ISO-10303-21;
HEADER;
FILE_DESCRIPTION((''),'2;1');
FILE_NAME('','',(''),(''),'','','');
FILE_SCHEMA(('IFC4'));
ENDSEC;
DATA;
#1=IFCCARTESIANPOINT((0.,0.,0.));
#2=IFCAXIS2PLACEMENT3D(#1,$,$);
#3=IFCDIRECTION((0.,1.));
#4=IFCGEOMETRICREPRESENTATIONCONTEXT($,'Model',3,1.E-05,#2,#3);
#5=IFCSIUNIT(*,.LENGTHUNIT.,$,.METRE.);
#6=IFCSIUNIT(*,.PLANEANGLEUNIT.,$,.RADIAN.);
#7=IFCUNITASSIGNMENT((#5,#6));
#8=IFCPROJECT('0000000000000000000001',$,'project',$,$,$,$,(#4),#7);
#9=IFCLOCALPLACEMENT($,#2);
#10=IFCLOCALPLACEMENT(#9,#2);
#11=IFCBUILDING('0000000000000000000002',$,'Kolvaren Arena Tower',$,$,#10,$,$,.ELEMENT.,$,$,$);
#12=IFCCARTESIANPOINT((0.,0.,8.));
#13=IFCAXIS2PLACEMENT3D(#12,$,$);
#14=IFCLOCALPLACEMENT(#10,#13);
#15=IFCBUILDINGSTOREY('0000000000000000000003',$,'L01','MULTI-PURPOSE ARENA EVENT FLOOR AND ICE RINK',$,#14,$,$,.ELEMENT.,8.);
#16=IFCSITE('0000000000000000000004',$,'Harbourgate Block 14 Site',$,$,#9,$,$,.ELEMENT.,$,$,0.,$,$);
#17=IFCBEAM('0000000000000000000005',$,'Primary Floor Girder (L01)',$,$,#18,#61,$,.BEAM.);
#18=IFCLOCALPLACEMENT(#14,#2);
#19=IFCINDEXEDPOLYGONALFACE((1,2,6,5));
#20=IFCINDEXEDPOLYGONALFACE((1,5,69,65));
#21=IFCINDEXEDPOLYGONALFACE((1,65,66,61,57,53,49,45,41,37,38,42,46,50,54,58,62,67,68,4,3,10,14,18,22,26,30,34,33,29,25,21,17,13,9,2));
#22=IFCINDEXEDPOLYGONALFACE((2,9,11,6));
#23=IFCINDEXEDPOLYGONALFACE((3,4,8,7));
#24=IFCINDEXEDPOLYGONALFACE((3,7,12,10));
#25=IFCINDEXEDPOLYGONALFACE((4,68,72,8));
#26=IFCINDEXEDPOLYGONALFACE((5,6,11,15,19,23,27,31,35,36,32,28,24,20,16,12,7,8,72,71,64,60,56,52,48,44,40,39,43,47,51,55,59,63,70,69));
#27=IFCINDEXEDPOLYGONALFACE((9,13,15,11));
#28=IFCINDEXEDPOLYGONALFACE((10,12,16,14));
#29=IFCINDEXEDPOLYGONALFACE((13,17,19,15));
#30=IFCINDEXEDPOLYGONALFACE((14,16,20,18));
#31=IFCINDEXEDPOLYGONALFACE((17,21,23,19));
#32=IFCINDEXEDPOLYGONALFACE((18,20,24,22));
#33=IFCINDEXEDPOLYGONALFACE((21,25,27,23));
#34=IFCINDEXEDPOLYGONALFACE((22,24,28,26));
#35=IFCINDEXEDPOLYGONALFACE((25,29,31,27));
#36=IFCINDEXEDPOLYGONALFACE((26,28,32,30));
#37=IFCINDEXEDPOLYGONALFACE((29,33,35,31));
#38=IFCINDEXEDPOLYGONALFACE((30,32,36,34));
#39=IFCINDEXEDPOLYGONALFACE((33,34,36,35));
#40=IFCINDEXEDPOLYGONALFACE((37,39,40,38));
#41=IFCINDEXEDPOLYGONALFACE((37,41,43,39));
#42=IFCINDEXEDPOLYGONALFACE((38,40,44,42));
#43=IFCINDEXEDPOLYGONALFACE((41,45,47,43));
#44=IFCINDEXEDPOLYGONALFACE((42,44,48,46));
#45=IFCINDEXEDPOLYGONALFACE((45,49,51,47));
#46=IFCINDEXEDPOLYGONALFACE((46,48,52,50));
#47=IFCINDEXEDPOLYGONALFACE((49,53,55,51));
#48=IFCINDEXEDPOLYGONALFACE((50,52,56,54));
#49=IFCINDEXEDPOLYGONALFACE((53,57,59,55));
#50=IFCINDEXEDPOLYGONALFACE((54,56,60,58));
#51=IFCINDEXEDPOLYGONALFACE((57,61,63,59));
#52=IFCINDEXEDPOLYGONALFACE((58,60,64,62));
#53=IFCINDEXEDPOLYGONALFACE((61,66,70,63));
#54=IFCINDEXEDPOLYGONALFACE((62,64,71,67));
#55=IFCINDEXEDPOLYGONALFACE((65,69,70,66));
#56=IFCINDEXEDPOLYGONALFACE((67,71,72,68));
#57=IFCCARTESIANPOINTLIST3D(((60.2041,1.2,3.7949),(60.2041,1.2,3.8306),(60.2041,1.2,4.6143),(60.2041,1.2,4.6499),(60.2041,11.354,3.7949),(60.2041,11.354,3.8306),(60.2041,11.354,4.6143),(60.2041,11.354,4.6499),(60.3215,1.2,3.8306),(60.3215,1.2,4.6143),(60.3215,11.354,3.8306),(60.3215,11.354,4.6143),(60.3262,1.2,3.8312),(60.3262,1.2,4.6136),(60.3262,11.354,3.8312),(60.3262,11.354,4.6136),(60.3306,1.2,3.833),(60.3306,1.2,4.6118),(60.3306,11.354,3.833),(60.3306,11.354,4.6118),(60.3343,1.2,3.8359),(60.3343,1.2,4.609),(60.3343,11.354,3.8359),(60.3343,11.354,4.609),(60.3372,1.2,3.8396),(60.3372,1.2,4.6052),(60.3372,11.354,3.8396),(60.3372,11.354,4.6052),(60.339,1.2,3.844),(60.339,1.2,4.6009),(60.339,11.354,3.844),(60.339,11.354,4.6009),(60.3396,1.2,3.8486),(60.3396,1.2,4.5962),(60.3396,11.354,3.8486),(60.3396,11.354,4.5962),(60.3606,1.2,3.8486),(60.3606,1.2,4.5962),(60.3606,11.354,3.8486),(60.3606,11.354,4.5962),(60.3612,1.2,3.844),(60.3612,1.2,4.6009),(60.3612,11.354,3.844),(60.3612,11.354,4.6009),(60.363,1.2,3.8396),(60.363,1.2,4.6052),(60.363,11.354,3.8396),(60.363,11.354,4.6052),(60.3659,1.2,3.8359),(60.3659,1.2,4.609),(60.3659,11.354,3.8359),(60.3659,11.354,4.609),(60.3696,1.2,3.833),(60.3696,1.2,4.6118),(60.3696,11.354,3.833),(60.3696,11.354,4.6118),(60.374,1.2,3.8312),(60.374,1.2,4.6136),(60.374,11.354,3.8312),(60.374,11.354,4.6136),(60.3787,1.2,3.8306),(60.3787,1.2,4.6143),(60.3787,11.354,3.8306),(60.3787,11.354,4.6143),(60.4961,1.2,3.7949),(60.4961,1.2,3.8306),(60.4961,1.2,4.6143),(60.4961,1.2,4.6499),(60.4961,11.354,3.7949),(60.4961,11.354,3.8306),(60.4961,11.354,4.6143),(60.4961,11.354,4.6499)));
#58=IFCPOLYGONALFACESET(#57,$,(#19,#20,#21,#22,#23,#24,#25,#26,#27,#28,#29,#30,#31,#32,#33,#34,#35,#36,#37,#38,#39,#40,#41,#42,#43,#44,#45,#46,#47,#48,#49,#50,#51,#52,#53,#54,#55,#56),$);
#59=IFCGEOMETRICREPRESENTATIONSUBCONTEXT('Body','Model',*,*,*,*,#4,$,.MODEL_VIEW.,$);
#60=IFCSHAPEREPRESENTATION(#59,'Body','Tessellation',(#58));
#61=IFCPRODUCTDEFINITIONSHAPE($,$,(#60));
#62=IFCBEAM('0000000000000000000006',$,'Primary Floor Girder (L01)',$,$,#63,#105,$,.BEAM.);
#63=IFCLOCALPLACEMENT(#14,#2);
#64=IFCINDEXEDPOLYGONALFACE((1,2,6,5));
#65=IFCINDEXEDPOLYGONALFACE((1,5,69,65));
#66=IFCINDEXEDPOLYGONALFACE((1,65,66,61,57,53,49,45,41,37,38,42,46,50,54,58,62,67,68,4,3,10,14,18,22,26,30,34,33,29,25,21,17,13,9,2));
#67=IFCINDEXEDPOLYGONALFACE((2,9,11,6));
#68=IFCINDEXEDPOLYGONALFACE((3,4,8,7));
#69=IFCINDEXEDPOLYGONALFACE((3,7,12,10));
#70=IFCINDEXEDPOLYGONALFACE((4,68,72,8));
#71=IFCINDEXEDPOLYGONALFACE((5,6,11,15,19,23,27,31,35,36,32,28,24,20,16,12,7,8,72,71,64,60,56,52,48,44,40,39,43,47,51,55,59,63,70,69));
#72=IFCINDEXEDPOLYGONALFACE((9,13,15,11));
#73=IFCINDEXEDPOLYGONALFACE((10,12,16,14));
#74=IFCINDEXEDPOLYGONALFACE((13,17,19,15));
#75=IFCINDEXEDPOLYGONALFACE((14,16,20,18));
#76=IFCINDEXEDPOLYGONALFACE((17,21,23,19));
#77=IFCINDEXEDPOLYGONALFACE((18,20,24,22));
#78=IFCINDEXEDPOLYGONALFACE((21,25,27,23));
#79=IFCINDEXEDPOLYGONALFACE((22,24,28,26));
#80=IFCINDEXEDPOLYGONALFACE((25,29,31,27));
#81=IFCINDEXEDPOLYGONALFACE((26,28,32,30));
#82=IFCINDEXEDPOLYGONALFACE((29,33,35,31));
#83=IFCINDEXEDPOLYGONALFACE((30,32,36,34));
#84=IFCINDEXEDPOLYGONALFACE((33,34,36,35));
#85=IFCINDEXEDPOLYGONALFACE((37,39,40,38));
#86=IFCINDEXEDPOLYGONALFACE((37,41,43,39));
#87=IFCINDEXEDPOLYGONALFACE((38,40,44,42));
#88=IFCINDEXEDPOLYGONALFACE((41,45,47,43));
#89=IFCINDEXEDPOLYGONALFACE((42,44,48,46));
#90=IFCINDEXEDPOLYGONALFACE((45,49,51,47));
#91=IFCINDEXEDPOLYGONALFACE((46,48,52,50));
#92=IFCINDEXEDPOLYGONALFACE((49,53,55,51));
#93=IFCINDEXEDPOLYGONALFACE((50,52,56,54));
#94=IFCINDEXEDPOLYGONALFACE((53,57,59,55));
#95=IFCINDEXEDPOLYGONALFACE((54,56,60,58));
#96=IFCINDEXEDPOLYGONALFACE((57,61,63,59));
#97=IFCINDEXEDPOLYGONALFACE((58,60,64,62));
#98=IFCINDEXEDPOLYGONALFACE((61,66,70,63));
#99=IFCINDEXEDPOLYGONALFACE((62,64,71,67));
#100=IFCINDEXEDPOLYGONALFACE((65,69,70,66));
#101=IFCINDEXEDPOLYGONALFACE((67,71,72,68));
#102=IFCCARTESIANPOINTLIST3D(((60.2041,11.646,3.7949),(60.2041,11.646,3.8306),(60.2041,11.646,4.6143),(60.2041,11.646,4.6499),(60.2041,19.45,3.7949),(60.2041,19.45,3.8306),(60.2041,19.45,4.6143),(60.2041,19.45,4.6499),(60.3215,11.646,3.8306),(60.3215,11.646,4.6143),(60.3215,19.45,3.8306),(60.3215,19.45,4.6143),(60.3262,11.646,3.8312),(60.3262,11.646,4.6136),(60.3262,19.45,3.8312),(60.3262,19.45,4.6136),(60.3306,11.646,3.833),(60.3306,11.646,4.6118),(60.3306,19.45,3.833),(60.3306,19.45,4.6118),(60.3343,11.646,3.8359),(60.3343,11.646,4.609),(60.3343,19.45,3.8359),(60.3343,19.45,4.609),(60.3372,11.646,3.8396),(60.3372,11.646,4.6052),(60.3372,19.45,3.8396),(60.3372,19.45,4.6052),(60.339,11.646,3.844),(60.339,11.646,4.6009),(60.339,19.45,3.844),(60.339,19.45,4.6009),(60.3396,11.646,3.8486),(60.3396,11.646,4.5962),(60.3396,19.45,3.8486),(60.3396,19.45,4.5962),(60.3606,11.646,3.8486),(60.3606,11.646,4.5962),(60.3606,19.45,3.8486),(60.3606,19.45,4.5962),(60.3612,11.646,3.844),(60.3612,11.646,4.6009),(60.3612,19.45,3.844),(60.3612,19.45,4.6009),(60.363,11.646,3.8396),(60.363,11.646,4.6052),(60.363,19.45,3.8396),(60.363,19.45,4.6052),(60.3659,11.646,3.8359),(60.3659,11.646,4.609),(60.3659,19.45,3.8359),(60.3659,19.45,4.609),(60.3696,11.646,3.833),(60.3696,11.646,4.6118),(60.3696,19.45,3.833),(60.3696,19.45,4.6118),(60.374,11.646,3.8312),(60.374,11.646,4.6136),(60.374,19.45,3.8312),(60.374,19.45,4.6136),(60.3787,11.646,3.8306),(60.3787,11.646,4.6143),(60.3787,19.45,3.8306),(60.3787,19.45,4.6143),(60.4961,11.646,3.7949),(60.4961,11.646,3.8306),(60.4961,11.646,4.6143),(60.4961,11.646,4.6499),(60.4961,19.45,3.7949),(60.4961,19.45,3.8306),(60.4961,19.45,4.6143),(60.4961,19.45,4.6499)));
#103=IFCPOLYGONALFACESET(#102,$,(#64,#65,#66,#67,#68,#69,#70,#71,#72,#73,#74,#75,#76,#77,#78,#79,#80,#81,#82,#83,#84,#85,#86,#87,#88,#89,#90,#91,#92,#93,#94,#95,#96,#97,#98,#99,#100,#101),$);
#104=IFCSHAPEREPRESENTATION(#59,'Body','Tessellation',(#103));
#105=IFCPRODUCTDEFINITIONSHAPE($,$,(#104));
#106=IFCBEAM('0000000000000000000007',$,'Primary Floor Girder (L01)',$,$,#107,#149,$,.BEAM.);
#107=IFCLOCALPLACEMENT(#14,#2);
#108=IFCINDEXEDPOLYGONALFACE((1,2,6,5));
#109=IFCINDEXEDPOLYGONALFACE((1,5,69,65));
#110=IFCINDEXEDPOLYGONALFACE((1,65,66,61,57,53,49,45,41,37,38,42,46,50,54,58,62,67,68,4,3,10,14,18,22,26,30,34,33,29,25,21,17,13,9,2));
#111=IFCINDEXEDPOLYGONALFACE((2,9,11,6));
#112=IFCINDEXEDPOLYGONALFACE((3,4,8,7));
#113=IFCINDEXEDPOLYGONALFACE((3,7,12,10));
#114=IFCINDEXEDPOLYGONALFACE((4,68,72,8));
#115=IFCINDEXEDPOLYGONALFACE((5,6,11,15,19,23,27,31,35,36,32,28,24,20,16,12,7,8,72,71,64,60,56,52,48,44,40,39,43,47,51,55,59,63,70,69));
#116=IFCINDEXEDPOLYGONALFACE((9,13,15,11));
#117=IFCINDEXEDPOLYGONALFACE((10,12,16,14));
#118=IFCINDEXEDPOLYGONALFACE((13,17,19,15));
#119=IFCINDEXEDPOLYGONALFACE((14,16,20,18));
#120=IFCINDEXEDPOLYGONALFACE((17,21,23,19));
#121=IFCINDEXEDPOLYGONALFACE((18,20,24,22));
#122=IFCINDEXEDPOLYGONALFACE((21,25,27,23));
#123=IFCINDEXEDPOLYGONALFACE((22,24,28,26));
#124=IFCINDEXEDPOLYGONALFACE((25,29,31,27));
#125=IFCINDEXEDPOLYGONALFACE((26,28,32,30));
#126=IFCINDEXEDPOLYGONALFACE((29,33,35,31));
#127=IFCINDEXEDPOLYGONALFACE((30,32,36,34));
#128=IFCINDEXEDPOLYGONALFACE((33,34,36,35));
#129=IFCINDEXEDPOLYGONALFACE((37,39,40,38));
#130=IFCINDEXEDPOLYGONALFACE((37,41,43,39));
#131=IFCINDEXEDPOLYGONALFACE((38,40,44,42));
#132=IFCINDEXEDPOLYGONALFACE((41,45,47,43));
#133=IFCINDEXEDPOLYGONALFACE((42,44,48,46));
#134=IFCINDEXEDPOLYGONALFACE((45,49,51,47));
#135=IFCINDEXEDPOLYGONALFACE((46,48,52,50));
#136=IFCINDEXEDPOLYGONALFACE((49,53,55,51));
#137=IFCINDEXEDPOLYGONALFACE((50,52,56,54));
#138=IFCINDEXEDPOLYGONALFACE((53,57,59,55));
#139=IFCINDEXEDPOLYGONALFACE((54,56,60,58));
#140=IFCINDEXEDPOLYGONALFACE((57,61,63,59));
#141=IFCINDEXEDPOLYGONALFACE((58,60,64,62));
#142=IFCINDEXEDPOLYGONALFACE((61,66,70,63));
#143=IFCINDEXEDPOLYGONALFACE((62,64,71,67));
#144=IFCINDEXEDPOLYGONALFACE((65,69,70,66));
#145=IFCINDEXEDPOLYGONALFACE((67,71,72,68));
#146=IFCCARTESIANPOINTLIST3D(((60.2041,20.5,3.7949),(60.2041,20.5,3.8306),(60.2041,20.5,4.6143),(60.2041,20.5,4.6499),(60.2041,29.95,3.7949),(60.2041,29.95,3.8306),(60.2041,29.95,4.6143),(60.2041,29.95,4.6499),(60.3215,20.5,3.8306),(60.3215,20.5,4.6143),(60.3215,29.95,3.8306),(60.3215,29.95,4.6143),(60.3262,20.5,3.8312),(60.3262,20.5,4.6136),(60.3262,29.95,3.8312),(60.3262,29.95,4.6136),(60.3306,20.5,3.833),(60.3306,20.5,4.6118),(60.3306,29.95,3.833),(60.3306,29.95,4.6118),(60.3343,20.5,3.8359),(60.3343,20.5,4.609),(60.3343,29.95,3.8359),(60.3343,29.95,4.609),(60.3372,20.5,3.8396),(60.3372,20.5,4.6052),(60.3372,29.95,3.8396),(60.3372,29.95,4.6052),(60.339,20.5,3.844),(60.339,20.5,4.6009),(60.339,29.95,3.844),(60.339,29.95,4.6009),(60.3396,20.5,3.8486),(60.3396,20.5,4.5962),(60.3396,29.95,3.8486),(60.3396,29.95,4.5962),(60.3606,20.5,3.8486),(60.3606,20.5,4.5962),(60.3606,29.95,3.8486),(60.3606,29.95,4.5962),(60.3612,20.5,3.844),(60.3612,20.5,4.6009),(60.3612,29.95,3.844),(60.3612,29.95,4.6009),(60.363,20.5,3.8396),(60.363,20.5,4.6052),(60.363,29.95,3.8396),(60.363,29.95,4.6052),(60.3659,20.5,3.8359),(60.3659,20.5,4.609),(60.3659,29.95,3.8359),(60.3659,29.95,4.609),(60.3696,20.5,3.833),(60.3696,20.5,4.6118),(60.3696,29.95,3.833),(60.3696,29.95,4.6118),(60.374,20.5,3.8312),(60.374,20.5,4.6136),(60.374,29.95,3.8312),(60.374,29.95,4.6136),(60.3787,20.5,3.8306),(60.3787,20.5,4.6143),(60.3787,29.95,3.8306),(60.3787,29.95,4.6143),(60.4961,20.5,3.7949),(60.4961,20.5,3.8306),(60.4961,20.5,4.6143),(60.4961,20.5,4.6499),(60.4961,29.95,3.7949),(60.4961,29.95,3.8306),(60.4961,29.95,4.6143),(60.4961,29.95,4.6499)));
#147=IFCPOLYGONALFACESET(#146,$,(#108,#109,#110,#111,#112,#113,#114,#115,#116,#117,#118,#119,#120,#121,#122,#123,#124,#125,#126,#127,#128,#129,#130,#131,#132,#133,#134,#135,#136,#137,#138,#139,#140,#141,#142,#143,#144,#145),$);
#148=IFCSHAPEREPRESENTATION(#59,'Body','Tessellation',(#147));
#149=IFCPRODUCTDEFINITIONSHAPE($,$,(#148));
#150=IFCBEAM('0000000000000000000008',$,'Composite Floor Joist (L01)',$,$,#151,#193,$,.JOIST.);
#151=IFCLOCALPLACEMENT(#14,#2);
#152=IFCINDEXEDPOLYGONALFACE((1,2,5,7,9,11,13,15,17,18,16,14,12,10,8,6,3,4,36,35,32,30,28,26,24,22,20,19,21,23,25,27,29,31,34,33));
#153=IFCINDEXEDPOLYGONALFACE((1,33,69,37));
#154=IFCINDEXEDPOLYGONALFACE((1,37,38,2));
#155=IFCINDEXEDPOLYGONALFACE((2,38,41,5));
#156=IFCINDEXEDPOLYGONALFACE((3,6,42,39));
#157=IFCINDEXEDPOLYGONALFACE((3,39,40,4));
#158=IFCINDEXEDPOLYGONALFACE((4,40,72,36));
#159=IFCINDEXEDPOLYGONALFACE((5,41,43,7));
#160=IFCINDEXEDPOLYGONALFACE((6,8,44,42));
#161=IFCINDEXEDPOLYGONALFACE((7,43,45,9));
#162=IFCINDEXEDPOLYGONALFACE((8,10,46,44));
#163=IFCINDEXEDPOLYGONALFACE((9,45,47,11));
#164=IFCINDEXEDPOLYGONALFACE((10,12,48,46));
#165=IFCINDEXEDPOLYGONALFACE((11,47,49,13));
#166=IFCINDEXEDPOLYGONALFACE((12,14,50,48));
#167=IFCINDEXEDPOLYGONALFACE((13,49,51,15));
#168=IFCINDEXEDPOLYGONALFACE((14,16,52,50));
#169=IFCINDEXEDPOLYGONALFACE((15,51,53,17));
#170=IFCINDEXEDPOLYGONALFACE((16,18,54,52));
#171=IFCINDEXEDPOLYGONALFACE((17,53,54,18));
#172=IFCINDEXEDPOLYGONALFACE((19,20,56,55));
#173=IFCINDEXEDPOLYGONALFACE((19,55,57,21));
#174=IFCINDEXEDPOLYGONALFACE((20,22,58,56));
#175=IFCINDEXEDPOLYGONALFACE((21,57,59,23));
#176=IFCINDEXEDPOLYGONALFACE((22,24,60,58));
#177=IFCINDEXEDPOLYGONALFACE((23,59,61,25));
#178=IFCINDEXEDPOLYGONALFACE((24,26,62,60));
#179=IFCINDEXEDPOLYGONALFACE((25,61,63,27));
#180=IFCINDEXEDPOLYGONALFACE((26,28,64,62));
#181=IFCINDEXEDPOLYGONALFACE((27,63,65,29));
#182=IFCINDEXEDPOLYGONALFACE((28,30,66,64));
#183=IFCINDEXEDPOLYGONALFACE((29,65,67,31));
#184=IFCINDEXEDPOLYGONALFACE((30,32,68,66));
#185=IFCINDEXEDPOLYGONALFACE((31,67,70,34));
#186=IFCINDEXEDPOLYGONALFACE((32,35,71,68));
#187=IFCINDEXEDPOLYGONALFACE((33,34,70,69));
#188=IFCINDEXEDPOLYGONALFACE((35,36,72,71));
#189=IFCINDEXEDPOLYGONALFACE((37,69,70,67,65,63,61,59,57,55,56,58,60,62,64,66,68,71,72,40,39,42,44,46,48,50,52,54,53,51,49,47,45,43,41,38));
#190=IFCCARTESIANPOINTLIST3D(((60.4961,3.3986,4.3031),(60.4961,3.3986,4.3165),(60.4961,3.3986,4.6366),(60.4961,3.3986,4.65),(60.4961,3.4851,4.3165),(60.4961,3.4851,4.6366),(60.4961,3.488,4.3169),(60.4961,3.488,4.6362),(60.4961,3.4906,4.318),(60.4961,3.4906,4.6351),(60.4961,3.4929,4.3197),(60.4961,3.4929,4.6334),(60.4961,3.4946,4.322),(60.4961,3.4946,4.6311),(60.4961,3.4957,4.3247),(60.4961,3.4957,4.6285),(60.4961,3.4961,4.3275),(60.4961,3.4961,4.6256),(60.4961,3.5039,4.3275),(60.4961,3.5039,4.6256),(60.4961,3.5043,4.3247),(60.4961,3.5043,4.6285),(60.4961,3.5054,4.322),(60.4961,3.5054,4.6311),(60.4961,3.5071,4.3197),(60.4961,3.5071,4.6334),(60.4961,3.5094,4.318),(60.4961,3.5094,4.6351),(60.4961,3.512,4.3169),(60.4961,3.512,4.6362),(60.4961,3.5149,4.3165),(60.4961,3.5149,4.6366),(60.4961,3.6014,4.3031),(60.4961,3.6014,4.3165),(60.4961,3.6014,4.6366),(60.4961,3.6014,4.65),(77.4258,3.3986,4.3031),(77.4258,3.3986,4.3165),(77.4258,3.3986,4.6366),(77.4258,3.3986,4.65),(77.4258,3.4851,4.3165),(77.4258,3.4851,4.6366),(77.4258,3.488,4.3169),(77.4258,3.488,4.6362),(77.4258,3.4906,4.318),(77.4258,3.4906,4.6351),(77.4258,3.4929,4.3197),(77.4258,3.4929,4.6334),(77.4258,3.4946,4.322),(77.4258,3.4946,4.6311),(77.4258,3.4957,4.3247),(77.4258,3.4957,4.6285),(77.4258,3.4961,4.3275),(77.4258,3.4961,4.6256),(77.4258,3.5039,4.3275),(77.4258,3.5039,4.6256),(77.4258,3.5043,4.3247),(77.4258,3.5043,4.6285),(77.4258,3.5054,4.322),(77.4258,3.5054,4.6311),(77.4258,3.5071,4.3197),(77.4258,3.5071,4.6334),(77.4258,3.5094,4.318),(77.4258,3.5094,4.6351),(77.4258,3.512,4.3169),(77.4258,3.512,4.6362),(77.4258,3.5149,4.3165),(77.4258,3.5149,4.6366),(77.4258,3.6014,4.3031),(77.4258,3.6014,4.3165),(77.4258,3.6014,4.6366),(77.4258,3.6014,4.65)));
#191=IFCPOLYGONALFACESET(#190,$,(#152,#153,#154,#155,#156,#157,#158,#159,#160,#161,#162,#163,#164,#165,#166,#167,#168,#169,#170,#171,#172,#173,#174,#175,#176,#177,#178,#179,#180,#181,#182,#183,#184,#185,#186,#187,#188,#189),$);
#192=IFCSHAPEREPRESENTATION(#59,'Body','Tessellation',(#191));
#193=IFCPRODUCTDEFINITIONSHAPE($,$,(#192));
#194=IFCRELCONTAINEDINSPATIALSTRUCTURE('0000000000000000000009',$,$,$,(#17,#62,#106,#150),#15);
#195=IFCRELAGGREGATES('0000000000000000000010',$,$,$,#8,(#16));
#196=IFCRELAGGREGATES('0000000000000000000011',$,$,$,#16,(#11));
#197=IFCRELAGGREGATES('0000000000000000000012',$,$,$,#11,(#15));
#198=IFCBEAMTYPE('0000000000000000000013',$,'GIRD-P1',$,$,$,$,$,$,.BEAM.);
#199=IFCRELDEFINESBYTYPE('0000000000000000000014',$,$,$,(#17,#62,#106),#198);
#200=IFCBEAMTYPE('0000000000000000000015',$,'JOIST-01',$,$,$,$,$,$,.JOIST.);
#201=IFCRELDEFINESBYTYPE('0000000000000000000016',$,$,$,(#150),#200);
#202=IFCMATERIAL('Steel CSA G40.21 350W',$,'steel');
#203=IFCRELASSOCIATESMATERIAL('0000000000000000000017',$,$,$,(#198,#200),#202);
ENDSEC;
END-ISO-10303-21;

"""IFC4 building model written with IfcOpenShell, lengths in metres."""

from ifc_helpers import new_model, si_unit, direction, frame, origin, origin_2d, place, context, subcontext, project, spatial, i_section, extrude, material, material_profile, profile_set, type_object, element, save


model = new_model("IFC4")

# Units and contexts
model_context = context("Model", 3, precision=1e-05, world=origin(), true_north=direction((0.0, 1.0)))
body_context = subcontext(model_context, "Body", "Model", "MODEL_VIEW")
ifc_project = project(units=[si_unit("LENGTHUNIT", "METRE"), si_unit("PLANEANGLEUNIT", "RADIAN")], contexts=[model_context])

# Site, building, storey
site_placement = place(None, origin())
site = spatial("IfcSite", under=ifc_project, at=site_placement, Name="Harbourgate Block 14 Site", CompositionType="ELEMENT", RefElevation=0.0)
building_placement = place(site_placement, origin())
building = spatial("IfcBuilding", under=site, at=building_placement, Name="Kolvaren Arena Tower", CompositionType="ELEMENT")
storey_placement = place(building_placement, frame((0.0, 0.0, 8.0)))
storey = spatial("IfcBuildingStorey", under=building, at=storey_placement, Name="L01", Description="MULTI-PURPOSE ARENA EVENT FLOOR AND ICE RINK", CompositionType="ELEMENT", Elevation=8.0)

# Beams
ifc_material_1 = material(Name="Steel CSA G40.21 350W", Category="steel")
ifc_material_profile_1 = material_profile(ifc_material_1, i_section(OverallWidth=0.292, OverallDepth=0.855, WebThickness=0.021, FlangeThickness=0.0356, FilletRadius=0.0181, at=origin_2d()), Name="W840x299")
ifc_profile_set_1 = profile_set([ifc_material_profile_1], Name="Steel CSA G40.21 350W")
beam_type_1 = type_object("IfcBeamType", Name="GIRD-P1", PredefinedType="BEAM", material=ifc_profile_set_1)
beam_1_placement = place(storey_placement, frame((60.3501, 1.2, 4.2224), z_axis=(0.0, 1.0, 0.0), x_axis=(-1.0, 0.0, 0.0)))
element("IfcBeam", 1, at=beam_1_placement, inside=storey, type_object=beam_type_1, Name="Primary Floor Girder (L01)", PredefinedType="BEAM", context=body_context, shape_type="SweptSolid", body=[
    extrude(i_section(OverallWidth=0.292, OverallDepth=0.855, WebThickness=0.021, FlangeThickness=0.0356, FilletRadius=0.0181, at=origin_2d()), origin(), (0.0, 0.0, 1.0), 10.1541),
])
beam_2_placement = place(storey_placement, frame((60.3501, 11.646, 4.2224), z_axis=(0.0, 1.0, 0.0), x_axis=(-1.0, 0.0, 0.0)))
element("IfcBeam", 2, at=beam_2_placement, inside=storey, type_object=beam_type_1, Name="Primary Floor Girder (L01)", PredefinedType="BEAM", context=body_context, shape_type="SweptSolid", body=[
    extrude(i_section(OverallWidth=0.292, OverallDepth=0.855, WebThickness=0.021, FlangeThickness=0.0356, FilletRadius=0.0181, at=origin_2d()), origin(), (0.0, 0.0, 1.0), 7.804),
])
beam_3_placement = place(storey_placement, frame((60.3501, 20.5, 4.2224), z_axis=(0.0, 1.0, 0.0), x_axis=(-1.0, 0.0, 0.0)))
element("IfcBeam", 3, at=beam_3_placement, inside=storey, type_object=beam_type_1, Name="Primary Floor Girder (L01)", PredefinedType="BEAM", context=body_context, shape_type="SweptSolid", body=[
    extrude(i_section(OverallWidth=0.292, OverallDepth=0.855, WebThickness=0.021, FlangeThickness=0.0356, FilletRadius=0.0181, at=origin_2d()), origin(), (0.0, 0.0, 1.0), 9.45),
])
ifc_material_profile_2 = material_profile(ifc_material_1, i_section(OverallWidth=0.2029, OverallDepth=0.3469, WebThickness=0.0078, FlangeThickness=0.0134, FilletRadius=0.011, at=origin_2d()), Name="W360x64")
ifc_profile_set_2 = profile_set([ifc_material_profile_2], Name="Steel CSA G40.21 350W")
beam_type_2 = type_object("IfcBeamType", Name="JOIST-01", PredefinedType="JOIST", material=ifc_profile_set_2)
beam_4_placement = place(storey_placement, frame((60.4961, 3.5, 4.4766), z_axis=(1.0, 0.0, 0.0), x_axis=(0.0, 1.0, 0.0)))
element("IfcBeam", 4, at=beam_4_placement, inside=storey, type_object=beam_type_2, Name="Composite Floor Joist (L01)", PredefinedType="JOIST", context=body_context, shape_type="SweptSolid", body=[
    extrude(i_section(OverallWidth=0.2029, OverallDepth=0.3469, WebThickness=0.0078, FlangeThickness=0.0134, FilletRadius=0.011, at=origin_2d()), origin(), (0.0, 0.0, 1.0), 16.9297),
])

save(model, "model.ifc")
